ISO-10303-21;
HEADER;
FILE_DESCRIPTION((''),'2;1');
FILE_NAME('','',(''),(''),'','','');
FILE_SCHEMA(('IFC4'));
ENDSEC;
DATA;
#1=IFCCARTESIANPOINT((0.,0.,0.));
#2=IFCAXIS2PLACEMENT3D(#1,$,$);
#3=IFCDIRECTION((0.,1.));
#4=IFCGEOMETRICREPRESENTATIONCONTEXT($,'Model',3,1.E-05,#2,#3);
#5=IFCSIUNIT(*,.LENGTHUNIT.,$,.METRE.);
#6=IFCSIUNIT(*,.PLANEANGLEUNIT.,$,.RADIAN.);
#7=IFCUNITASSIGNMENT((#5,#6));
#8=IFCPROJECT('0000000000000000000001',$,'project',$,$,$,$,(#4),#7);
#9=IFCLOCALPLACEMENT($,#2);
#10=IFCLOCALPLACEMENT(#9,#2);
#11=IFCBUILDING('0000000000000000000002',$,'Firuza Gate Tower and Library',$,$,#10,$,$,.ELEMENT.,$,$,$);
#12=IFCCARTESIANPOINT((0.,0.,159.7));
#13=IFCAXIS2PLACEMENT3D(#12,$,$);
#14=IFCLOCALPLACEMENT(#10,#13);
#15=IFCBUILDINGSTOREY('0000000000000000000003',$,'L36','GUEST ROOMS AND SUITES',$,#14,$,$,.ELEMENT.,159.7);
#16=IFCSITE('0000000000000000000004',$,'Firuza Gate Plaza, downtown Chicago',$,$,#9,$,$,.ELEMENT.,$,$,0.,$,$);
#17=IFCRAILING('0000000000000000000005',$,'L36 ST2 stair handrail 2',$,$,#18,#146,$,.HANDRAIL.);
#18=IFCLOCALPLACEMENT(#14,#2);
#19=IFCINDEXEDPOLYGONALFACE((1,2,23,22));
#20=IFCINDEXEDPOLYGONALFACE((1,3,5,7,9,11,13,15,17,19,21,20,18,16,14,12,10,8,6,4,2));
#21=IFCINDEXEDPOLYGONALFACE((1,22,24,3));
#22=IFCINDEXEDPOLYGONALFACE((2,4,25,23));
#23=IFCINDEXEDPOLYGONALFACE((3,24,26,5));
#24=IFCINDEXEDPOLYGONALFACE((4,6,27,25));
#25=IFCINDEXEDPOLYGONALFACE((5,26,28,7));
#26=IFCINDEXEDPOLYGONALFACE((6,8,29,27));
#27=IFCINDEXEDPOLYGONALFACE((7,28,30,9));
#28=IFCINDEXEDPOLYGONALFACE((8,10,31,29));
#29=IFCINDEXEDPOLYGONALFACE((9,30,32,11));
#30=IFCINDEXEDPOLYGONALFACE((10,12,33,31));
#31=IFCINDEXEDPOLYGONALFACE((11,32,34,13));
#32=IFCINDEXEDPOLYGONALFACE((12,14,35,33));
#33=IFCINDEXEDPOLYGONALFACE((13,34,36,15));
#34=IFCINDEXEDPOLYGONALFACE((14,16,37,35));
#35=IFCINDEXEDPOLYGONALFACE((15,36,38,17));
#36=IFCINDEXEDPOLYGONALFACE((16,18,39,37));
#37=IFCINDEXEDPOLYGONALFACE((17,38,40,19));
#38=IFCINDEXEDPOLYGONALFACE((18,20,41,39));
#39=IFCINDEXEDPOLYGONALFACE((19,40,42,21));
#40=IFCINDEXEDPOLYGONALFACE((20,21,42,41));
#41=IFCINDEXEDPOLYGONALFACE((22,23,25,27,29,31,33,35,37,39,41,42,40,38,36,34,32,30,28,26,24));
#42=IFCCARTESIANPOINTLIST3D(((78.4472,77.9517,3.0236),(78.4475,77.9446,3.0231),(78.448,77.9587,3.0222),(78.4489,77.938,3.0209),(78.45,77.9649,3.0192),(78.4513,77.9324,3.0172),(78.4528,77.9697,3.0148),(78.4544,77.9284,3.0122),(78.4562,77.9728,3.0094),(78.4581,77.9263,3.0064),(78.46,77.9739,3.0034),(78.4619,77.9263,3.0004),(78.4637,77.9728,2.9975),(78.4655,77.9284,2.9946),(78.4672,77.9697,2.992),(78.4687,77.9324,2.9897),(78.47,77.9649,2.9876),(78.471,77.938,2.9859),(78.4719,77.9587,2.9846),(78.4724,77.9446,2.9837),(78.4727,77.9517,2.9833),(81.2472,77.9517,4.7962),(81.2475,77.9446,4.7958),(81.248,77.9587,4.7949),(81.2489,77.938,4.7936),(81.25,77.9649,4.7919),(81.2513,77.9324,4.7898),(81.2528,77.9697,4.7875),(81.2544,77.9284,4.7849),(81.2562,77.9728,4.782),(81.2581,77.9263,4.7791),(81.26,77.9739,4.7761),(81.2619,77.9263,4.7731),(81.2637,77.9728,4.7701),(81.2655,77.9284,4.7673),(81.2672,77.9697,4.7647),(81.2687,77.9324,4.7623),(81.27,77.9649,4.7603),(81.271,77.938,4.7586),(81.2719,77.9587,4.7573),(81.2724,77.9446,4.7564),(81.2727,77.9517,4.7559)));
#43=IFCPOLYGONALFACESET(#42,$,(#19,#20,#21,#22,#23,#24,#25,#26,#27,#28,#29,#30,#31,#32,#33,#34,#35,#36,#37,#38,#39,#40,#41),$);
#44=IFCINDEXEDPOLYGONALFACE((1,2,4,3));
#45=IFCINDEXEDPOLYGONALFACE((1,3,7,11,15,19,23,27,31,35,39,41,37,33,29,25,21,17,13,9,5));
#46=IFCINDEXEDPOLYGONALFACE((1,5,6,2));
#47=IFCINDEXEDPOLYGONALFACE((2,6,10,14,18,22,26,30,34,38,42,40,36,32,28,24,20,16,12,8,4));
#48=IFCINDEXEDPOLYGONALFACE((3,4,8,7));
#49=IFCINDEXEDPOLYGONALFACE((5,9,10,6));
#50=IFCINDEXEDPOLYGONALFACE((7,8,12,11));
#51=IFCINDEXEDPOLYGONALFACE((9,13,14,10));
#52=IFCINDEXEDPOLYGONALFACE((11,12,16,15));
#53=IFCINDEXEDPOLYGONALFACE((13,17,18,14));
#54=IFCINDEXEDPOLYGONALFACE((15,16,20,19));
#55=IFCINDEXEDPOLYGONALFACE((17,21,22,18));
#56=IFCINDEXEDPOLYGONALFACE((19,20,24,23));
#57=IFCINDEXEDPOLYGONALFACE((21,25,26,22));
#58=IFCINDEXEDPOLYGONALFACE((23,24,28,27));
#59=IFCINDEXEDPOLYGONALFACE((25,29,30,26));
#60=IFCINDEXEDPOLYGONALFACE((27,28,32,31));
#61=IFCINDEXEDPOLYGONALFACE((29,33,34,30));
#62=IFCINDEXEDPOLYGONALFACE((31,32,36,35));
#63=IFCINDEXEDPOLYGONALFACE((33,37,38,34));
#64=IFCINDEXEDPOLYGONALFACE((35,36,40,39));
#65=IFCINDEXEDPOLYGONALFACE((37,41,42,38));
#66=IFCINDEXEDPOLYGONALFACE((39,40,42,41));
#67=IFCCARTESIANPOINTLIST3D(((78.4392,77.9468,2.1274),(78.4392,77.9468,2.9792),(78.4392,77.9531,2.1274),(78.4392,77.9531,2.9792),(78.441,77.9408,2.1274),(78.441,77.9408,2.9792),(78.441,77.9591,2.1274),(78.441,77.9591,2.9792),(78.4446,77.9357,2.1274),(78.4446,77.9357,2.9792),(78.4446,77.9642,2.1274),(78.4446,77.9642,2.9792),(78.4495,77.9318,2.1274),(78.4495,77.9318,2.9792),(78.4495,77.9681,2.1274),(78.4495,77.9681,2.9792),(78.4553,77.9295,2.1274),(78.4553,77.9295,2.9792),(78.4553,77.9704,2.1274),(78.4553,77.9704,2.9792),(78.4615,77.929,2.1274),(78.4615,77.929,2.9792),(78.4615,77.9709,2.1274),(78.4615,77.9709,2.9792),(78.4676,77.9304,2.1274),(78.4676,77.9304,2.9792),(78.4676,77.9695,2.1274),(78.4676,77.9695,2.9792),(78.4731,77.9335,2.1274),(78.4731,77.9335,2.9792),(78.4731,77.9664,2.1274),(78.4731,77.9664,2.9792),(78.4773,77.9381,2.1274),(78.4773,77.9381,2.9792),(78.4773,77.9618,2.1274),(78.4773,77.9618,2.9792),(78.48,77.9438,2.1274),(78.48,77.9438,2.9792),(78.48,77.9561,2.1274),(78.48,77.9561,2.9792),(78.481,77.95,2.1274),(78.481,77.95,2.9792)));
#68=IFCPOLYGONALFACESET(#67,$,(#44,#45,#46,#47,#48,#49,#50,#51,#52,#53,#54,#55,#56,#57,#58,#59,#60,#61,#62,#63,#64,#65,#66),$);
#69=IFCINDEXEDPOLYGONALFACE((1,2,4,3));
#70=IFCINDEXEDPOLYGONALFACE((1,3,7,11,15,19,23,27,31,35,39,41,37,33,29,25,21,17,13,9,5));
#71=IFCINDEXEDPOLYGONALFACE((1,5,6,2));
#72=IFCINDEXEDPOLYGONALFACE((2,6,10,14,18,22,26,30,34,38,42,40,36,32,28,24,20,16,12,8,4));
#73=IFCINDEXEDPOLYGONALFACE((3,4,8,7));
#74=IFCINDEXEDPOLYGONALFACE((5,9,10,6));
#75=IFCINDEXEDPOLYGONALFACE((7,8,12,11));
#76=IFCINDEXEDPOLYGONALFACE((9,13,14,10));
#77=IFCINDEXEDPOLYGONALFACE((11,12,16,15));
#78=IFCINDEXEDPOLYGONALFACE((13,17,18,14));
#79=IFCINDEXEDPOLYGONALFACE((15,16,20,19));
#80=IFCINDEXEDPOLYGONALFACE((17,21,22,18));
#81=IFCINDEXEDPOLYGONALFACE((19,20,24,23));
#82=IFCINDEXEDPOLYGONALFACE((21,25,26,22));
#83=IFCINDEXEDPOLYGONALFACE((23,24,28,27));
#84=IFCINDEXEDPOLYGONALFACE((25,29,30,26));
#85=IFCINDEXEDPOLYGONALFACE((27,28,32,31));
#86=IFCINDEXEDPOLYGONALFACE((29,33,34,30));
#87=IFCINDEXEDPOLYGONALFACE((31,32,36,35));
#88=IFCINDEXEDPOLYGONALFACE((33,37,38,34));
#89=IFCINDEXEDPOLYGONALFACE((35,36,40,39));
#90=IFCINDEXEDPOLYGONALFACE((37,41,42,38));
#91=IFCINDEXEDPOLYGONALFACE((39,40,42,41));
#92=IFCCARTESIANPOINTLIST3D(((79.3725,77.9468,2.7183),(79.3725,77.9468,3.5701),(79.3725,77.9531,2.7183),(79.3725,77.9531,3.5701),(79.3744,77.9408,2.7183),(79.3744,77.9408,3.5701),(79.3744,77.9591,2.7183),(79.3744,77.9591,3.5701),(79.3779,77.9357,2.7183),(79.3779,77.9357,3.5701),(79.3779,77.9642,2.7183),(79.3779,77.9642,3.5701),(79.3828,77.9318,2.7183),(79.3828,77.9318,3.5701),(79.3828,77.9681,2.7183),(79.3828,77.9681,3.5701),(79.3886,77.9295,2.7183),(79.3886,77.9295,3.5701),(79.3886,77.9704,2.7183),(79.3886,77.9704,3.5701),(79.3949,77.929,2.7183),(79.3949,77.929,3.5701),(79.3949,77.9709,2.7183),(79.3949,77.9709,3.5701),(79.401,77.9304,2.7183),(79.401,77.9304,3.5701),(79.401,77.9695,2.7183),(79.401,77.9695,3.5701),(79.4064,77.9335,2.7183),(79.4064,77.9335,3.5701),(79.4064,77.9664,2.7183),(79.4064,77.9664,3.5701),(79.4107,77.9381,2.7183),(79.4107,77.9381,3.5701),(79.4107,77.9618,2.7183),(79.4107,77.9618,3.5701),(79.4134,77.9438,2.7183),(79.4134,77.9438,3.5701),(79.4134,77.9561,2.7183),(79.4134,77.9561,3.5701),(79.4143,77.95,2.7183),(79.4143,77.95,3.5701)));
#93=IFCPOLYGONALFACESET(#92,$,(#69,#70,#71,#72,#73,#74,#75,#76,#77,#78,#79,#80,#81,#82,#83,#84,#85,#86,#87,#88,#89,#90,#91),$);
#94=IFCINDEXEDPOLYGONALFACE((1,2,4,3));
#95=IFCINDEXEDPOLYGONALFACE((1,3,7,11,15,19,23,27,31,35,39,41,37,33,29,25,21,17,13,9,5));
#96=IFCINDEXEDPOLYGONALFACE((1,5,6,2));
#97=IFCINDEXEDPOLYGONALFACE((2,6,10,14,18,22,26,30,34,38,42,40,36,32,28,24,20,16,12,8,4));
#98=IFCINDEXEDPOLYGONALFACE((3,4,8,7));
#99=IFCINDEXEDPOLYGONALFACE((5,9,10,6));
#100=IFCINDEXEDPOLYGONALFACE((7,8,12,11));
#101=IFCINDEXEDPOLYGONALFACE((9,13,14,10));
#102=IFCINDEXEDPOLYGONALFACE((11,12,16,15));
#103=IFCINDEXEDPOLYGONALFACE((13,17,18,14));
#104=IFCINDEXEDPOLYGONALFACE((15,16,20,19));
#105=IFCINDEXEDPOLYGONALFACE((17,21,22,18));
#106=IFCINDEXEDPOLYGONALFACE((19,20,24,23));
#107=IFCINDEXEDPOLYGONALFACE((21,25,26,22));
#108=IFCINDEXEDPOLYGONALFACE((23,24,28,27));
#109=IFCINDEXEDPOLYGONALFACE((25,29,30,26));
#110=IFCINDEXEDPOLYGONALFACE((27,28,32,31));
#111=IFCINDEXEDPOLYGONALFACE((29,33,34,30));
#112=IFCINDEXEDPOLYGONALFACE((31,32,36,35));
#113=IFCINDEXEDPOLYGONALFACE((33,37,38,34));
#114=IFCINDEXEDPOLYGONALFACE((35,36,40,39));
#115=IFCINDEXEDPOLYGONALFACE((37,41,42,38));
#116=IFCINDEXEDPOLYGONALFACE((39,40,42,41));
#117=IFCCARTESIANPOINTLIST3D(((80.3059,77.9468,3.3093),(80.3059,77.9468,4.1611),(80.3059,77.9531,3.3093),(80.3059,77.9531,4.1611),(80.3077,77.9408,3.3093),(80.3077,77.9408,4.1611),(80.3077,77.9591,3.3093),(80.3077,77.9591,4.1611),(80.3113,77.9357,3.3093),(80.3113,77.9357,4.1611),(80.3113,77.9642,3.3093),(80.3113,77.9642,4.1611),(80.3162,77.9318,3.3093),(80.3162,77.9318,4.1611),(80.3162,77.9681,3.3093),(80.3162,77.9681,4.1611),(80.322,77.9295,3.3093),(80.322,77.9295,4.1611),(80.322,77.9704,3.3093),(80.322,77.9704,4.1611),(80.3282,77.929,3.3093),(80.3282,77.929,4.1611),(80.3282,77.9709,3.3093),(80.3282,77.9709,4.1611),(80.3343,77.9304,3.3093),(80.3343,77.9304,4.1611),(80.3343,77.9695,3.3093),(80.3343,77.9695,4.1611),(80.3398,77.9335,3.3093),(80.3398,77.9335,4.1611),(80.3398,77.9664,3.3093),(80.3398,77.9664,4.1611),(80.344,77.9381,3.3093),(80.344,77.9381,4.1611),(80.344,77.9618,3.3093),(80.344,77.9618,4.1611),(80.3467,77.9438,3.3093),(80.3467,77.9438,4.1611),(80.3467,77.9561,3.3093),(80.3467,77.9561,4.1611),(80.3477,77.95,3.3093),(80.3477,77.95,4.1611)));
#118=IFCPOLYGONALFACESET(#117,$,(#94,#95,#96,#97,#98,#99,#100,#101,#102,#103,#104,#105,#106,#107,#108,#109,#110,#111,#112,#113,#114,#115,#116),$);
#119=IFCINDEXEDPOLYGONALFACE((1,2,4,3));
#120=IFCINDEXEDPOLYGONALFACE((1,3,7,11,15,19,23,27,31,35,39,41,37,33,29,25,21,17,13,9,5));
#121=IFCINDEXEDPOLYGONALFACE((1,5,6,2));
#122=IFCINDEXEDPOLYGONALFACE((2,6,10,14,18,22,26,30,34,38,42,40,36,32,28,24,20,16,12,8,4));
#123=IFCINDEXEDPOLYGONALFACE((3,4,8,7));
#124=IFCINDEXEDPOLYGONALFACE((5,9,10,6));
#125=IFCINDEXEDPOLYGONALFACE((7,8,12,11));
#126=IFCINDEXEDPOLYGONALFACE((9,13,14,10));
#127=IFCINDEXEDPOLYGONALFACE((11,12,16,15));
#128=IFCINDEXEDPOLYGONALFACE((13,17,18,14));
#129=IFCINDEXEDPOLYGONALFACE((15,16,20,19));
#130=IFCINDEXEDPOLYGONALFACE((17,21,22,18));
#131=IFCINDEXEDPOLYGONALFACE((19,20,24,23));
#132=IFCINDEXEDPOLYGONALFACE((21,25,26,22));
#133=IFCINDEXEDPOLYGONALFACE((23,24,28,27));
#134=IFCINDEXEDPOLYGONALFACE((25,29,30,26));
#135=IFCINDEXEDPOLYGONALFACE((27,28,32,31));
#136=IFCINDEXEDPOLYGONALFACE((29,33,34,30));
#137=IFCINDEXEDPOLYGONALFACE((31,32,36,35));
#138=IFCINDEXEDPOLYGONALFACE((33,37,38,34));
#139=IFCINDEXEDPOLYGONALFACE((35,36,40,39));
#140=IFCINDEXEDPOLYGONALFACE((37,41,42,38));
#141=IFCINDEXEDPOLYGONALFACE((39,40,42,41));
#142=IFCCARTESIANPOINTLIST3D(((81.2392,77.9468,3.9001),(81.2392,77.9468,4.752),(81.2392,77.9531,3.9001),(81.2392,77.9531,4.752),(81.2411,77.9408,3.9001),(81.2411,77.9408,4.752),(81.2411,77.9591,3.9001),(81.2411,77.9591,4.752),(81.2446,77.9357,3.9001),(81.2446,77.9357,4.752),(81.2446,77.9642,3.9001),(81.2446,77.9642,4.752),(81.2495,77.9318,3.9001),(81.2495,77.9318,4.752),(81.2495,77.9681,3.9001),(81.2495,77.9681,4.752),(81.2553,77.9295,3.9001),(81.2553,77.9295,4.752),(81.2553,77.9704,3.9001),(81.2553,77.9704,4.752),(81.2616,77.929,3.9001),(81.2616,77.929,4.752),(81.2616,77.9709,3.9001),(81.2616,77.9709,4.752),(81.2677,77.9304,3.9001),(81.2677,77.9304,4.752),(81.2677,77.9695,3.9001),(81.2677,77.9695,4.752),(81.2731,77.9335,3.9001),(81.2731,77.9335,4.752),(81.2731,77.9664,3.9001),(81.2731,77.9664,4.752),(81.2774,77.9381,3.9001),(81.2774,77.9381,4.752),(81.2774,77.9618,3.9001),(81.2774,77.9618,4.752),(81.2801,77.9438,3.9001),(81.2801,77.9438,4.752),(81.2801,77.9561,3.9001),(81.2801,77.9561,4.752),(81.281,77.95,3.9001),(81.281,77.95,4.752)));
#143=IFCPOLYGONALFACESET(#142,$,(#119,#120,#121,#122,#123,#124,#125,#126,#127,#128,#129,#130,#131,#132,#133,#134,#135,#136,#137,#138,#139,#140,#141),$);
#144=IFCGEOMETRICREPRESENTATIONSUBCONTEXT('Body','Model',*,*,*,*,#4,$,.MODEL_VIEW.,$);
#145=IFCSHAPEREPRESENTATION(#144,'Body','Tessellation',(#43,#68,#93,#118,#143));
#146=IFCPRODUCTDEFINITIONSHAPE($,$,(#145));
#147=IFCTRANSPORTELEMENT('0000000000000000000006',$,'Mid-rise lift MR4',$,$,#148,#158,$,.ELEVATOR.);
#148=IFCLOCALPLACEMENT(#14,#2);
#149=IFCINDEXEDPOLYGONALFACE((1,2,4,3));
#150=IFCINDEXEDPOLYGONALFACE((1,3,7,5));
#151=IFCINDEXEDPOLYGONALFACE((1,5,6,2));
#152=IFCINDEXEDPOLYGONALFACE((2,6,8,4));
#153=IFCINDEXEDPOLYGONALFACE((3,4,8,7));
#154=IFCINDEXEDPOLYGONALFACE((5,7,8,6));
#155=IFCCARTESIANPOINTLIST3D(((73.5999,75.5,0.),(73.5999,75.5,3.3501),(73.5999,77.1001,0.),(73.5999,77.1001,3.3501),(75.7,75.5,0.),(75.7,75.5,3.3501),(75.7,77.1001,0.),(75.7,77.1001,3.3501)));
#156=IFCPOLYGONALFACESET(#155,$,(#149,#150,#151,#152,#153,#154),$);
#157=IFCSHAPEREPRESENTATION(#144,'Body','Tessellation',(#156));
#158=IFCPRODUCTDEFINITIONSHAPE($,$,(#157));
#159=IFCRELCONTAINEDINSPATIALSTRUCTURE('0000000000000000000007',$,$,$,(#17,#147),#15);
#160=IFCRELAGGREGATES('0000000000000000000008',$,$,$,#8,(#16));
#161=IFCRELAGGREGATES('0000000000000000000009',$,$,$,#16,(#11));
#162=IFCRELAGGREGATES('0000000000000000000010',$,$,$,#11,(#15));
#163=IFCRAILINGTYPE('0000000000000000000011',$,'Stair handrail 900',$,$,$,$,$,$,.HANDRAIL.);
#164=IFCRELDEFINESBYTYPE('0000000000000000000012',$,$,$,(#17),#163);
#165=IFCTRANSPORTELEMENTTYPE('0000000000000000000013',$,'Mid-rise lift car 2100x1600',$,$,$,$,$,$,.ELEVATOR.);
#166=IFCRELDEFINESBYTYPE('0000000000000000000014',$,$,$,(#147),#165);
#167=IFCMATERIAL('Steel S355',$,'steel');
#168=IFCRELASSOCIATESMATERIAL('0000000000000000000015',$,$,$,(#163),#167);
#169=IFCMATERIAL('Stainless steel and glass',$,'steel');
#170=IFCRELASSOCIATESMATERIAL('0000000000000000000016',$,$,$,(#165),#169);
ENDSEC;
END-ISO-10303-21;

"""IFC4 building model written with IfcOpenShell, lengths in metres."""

from ifc_helpers import new_model, si_unit, direction, frame, origin, origin_2d, place, context, subcontext, project, spatial, rectangle, circle, extrude, material, type_object, element, save


model = new_model("IFC4")

# Units and contexts
model_context = context("Model", 3, precision=1e-05, world=origin(), true_north=direction((0.0, 1.0)))
body_context = subcontext(model_context, "Body", "Model", "MODEL_VIEW")
ifc_project = project(units=[si_unit("LENGTHUNIT", "METRE"), si_unit("PLANEANGLEUNIT", "RADIAN")], contexts=[model_context])

# Site, building, storey
site_placement = place(None, origin())
site = spatial("IfcSite", under=ifc_project, at=site_placement, Name="Firuza Gate Plaza, downtown Chicago", CompositionType="ELEMENT", RefElevation=0.0)
building_placement = place(site_placement, origin())
building = spatial("IfcBuilding", under=site, at=building_placement, Name="Firuza Gate Tower and Library", CompositionType="ELEMENT")
storey_placement = place(building_placement, frame((0.0, 0.0, 159.7)))
storey = spatial("IfcBuildingStorey", under=building, at=storey_placement, Name="L36", Description="GUEST ROOMS AND SUITES", CompositionType="ELEMENT", Elevation=159.7)

# Railing
ifc_material_1 = material(Name="Steel S355", Category="steel")
railing_type = type_object("IfcRailingType", Name="Stair handrail 900", PredefinedType="HANDRAIL", material=ifc_material_1)
railing_placement = place(storey_placement, frame((78.46, 77.95, 2.1274)))
element("IfcRailing", 1, at=railing_placement, inside=storey, type_object=railing_type, Name="L36 ST2 stair handrail 2", PredefinedType="HANDRAIL", context=body_context, shape_type="SweptSolid", body=[
    extrude(circle(Radius=0.0239, at=origin_2d()), frame((0.0, 0.0, 0.876), z_axis=(0.844909, 0.0, 0.53491), x_axis=(0.0, 1.0, 0.0)), (0.0, 0.0, 1.0), 3.314),
    extrude(circle(Radius=0.021, at=origin_2d()), origin(), (0.0, 0.0, 1.0), 0.8518),
    extrude(circle(Radius=0.021, at=origin_2d()), frame((0.9333, 0.0, 0.5908)), (0.0, 0.0, 1.0), 0.8518),
    extrude(circle(Radius=0.021, at=origin_2d()), frame((1.8667, 0.0, 1.1819)), (0.0, 0.0, 1.0), 0.8518),
    extrude(circle(Radius=0.021, at=origin_2d()), frame((2.8, 0.0, 1.7727)), (0.0, 0.0, 1.0), 0.8518),
])

# Transport element
ifc_material_2 = material(Name="Stainless steel and glass", Category="steel")
transport_element_type = type_object("IfcTransportElementType", Name="Mid-rise lift car 2100x1600", PredefinedType="ELEVATOR", material=ifc_material_2)
transport_element_placement = place(storey_placement, frame((74.6499, 76.3, 0.0), z_axis=(0.0, 0.0, 1.0), x_axis=(1.0, 0.0, 0.0)))
element("IfcTransportElement", 2, at=transport_element_placement, inside=storey, type_object=transport_element_type, Name="Mid-rise lift MR4", PredefinedType="ELEVATOR", context=body_context, shape_type="SweptSolid", body=[
    extrude(rectangle(XDim=2.1001, YDim=1.6001, at=origin_2d()), origin(), (0.0, 0.0, 1.0), 3.3501),
])

save(model, "model.ifc")
